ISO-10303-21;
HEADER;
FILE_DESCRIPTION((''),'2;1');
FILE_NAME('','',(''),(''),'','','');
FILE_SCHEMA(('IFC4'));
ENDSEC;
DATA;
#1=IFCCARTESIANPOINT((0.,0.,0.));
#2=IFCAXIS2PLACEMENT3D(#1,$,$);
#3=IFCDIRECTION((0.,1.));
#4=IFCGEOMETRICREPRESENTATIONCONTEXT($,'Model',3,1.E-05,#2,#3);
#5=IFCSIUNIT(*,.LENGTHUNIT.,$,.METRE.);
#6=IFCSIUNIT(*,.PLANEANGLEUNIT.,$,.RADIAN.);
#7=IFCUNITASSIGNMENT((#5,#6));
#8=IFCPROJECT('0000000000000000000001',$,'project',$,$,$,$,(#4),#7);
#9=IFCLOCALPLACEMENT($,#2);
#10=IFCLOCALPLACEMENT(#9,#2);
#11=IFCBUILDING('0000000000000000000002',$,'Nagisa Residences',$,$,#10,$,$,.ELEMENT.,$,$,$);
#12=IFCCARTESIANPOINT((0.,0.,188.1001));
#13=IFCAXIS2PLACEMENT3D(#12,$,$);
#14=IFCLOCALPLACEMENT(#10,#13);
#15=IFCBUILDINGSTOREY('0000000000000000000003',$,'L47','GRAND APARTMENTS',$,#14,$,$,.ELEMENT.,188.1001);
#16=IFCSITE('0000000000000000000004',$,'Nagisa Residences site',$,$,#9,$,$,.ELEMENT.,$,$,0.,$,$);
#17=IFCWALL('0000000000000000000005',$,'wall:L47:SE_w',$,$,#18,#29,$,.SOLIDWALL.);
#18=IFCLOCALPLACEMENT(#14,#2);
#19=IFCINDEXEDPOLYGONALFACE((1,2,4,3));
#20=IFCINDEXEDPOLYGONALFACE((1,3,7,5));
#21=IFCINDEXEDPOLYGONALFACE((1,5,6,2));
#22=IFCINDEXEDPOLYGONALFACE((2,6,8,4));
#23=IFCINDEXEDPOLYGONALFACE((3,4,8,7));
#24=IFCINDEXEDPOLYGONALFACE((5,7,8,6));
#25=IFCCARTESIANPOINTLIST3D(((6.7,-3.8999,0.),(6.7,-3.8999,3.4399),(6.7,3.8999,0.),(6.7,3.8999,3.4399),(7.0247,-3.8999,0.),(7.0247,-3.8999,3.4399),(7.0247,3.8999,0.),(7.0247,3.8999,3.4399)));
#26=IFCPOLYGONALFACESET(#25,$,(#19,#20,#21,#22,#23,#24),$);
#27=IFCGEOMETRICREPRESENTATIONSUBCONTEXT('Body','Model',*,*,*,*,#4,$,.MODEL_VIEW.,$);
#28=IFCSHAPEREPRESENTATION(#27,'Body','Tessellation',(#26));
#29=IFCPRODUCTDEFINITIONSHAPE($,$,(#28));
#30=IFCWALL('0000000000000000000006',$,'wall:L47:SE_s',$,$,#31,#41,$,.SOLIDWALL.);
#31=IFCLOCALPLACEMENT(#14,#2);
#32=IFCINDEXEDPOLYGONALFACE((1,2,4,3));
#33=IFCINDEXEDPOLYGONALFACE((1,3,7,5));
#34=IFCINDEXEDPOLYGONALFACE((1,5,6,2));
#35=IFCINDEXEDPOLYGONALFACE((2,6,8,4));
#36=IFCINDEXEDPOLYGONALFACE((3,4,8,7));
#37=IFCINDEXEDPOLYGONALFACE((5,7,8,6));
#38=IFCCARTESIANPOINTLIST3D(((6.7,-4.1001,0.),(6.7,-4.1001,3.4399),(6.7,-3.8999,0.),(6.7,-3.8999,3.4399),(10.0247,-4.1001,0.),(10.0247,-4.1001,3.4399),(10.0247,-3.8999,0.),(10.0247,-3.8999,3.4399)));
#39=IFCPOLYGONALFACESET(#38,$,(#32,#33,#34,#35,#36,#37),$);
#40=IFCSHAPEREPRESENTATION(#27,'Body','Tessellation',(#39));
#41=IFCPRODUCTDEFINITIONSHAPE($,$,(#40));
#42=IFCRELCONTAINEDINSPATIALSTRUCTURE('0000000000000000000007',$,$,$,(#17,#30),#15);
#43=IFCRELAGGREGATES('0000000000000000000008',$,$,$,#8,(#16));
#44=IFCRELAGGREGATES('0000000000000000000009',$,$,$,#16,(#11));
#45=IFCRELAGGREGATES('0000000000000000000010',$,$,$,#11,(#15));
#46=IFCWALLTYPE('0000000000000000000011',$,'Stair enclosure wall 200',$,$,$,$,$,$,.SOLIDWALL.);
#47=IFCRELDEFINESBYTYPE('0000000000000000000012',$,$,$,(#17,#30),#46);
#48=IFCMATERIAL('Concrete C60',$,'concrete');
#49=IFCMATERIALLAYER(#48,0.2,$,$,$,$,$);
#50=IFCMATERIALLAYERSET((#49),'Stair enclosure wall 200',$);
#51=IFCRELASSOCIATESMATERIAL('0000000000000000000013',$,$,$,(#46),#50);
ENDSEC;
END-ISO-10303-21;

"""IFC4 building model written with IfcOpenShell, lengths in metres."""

from ifc_helpers import new_model, si_unit, direction, frame, origin, place, context, subcontext, project, spatial, polyline, outline, extrude, material, layer, layer_set, type_object, element, save


model = new_model("IFC4")

# Units and contexts
model_context = context("Model", 3, precision=1e-05, world=origin(), true_north=direction((0.0, 1.0)))
body_context = subcontext(model_context, "Body", "Model", "MODEL_VIEW")
ifc_project = project(units=[si_unit("LENGTHUNIT", "METRE"), si_unit("PLANEANGLEUNIT", "RADIAN")], contexts=[model_context])

# Site, building, storey
site_placement = place(None, origin())
site = spatial("IfcSite", under=ifc_project, at=site_placement, Name="Nagisa Residences site", CompositionType="ELEMENT", RefElevation=0.0)
building_placement = place(site_placement, origin())
building = spatial("IfcBuilding", under=site, at=building_placement, Name="Nagisa Residences", CompositionType="ELEMENT")
storey_placement = place(building_placement, frame((0.0, 0.0, 188.1001)))
storey = spatial("IfcBuildingStorey", under=building, at=storey_placement, Name="L47", Description="GRAND APARTMENTS", CompositionType="ELEMENT", Elevation=188.1001)

# Walls
ifc_material_1 = material(Name="Concrete C60", Category="concrete")
ifc_layer_1 = layer(ifc_material_1, 0.2)
ifc_layer_set_1 = layer_set([ifc_layer_1], Name="Stair enclosure wall 200")
wall_type_1 = type_object("IfcWallType", Name="Stair enclosure wall 200", PredefinedType="SOLIDWALL", material=ifc_layer_set_1)
wall_1_placement = place(storey_placement, origin())
element("IfcWall", 1, at=wall_1_placement, inside=storey, type_object=wall_type_1, Name="wall:L47:SE_w", PredefinedType="SOLIDWALL", context=body_context, shape_type="SweptSolid", body=[
    extrude(outline(polyline([(7.0247, -3.8999), (6.7, -3.8999), (6.7, 3.8999), (7.0247, 3.8999), (7.0247, -3.8999)])), origin(), (0.0, 0.0, 1.0), 3.4399),
])
wall_2_placement = place(storey_placement, origin())
element("IfcWall", 2, at=wall_2_placement, inside=storey, type_object=wall_type_1, Name="wall:L47:SE_s", PredefinedType="SOLIDWALL", context=body_context, shape_type="SweptSolid", body=[
    extrude(outline(polyline([(10.0247, -4.1001), (6.7, -4.1001), (6.7, -3.8999), (10.0247, -3.8999), (10.0247, -4.1001)])), origin(), (0.0, 0.0, 1.0), 3.4399),
])

save(model, "model.ifc")
